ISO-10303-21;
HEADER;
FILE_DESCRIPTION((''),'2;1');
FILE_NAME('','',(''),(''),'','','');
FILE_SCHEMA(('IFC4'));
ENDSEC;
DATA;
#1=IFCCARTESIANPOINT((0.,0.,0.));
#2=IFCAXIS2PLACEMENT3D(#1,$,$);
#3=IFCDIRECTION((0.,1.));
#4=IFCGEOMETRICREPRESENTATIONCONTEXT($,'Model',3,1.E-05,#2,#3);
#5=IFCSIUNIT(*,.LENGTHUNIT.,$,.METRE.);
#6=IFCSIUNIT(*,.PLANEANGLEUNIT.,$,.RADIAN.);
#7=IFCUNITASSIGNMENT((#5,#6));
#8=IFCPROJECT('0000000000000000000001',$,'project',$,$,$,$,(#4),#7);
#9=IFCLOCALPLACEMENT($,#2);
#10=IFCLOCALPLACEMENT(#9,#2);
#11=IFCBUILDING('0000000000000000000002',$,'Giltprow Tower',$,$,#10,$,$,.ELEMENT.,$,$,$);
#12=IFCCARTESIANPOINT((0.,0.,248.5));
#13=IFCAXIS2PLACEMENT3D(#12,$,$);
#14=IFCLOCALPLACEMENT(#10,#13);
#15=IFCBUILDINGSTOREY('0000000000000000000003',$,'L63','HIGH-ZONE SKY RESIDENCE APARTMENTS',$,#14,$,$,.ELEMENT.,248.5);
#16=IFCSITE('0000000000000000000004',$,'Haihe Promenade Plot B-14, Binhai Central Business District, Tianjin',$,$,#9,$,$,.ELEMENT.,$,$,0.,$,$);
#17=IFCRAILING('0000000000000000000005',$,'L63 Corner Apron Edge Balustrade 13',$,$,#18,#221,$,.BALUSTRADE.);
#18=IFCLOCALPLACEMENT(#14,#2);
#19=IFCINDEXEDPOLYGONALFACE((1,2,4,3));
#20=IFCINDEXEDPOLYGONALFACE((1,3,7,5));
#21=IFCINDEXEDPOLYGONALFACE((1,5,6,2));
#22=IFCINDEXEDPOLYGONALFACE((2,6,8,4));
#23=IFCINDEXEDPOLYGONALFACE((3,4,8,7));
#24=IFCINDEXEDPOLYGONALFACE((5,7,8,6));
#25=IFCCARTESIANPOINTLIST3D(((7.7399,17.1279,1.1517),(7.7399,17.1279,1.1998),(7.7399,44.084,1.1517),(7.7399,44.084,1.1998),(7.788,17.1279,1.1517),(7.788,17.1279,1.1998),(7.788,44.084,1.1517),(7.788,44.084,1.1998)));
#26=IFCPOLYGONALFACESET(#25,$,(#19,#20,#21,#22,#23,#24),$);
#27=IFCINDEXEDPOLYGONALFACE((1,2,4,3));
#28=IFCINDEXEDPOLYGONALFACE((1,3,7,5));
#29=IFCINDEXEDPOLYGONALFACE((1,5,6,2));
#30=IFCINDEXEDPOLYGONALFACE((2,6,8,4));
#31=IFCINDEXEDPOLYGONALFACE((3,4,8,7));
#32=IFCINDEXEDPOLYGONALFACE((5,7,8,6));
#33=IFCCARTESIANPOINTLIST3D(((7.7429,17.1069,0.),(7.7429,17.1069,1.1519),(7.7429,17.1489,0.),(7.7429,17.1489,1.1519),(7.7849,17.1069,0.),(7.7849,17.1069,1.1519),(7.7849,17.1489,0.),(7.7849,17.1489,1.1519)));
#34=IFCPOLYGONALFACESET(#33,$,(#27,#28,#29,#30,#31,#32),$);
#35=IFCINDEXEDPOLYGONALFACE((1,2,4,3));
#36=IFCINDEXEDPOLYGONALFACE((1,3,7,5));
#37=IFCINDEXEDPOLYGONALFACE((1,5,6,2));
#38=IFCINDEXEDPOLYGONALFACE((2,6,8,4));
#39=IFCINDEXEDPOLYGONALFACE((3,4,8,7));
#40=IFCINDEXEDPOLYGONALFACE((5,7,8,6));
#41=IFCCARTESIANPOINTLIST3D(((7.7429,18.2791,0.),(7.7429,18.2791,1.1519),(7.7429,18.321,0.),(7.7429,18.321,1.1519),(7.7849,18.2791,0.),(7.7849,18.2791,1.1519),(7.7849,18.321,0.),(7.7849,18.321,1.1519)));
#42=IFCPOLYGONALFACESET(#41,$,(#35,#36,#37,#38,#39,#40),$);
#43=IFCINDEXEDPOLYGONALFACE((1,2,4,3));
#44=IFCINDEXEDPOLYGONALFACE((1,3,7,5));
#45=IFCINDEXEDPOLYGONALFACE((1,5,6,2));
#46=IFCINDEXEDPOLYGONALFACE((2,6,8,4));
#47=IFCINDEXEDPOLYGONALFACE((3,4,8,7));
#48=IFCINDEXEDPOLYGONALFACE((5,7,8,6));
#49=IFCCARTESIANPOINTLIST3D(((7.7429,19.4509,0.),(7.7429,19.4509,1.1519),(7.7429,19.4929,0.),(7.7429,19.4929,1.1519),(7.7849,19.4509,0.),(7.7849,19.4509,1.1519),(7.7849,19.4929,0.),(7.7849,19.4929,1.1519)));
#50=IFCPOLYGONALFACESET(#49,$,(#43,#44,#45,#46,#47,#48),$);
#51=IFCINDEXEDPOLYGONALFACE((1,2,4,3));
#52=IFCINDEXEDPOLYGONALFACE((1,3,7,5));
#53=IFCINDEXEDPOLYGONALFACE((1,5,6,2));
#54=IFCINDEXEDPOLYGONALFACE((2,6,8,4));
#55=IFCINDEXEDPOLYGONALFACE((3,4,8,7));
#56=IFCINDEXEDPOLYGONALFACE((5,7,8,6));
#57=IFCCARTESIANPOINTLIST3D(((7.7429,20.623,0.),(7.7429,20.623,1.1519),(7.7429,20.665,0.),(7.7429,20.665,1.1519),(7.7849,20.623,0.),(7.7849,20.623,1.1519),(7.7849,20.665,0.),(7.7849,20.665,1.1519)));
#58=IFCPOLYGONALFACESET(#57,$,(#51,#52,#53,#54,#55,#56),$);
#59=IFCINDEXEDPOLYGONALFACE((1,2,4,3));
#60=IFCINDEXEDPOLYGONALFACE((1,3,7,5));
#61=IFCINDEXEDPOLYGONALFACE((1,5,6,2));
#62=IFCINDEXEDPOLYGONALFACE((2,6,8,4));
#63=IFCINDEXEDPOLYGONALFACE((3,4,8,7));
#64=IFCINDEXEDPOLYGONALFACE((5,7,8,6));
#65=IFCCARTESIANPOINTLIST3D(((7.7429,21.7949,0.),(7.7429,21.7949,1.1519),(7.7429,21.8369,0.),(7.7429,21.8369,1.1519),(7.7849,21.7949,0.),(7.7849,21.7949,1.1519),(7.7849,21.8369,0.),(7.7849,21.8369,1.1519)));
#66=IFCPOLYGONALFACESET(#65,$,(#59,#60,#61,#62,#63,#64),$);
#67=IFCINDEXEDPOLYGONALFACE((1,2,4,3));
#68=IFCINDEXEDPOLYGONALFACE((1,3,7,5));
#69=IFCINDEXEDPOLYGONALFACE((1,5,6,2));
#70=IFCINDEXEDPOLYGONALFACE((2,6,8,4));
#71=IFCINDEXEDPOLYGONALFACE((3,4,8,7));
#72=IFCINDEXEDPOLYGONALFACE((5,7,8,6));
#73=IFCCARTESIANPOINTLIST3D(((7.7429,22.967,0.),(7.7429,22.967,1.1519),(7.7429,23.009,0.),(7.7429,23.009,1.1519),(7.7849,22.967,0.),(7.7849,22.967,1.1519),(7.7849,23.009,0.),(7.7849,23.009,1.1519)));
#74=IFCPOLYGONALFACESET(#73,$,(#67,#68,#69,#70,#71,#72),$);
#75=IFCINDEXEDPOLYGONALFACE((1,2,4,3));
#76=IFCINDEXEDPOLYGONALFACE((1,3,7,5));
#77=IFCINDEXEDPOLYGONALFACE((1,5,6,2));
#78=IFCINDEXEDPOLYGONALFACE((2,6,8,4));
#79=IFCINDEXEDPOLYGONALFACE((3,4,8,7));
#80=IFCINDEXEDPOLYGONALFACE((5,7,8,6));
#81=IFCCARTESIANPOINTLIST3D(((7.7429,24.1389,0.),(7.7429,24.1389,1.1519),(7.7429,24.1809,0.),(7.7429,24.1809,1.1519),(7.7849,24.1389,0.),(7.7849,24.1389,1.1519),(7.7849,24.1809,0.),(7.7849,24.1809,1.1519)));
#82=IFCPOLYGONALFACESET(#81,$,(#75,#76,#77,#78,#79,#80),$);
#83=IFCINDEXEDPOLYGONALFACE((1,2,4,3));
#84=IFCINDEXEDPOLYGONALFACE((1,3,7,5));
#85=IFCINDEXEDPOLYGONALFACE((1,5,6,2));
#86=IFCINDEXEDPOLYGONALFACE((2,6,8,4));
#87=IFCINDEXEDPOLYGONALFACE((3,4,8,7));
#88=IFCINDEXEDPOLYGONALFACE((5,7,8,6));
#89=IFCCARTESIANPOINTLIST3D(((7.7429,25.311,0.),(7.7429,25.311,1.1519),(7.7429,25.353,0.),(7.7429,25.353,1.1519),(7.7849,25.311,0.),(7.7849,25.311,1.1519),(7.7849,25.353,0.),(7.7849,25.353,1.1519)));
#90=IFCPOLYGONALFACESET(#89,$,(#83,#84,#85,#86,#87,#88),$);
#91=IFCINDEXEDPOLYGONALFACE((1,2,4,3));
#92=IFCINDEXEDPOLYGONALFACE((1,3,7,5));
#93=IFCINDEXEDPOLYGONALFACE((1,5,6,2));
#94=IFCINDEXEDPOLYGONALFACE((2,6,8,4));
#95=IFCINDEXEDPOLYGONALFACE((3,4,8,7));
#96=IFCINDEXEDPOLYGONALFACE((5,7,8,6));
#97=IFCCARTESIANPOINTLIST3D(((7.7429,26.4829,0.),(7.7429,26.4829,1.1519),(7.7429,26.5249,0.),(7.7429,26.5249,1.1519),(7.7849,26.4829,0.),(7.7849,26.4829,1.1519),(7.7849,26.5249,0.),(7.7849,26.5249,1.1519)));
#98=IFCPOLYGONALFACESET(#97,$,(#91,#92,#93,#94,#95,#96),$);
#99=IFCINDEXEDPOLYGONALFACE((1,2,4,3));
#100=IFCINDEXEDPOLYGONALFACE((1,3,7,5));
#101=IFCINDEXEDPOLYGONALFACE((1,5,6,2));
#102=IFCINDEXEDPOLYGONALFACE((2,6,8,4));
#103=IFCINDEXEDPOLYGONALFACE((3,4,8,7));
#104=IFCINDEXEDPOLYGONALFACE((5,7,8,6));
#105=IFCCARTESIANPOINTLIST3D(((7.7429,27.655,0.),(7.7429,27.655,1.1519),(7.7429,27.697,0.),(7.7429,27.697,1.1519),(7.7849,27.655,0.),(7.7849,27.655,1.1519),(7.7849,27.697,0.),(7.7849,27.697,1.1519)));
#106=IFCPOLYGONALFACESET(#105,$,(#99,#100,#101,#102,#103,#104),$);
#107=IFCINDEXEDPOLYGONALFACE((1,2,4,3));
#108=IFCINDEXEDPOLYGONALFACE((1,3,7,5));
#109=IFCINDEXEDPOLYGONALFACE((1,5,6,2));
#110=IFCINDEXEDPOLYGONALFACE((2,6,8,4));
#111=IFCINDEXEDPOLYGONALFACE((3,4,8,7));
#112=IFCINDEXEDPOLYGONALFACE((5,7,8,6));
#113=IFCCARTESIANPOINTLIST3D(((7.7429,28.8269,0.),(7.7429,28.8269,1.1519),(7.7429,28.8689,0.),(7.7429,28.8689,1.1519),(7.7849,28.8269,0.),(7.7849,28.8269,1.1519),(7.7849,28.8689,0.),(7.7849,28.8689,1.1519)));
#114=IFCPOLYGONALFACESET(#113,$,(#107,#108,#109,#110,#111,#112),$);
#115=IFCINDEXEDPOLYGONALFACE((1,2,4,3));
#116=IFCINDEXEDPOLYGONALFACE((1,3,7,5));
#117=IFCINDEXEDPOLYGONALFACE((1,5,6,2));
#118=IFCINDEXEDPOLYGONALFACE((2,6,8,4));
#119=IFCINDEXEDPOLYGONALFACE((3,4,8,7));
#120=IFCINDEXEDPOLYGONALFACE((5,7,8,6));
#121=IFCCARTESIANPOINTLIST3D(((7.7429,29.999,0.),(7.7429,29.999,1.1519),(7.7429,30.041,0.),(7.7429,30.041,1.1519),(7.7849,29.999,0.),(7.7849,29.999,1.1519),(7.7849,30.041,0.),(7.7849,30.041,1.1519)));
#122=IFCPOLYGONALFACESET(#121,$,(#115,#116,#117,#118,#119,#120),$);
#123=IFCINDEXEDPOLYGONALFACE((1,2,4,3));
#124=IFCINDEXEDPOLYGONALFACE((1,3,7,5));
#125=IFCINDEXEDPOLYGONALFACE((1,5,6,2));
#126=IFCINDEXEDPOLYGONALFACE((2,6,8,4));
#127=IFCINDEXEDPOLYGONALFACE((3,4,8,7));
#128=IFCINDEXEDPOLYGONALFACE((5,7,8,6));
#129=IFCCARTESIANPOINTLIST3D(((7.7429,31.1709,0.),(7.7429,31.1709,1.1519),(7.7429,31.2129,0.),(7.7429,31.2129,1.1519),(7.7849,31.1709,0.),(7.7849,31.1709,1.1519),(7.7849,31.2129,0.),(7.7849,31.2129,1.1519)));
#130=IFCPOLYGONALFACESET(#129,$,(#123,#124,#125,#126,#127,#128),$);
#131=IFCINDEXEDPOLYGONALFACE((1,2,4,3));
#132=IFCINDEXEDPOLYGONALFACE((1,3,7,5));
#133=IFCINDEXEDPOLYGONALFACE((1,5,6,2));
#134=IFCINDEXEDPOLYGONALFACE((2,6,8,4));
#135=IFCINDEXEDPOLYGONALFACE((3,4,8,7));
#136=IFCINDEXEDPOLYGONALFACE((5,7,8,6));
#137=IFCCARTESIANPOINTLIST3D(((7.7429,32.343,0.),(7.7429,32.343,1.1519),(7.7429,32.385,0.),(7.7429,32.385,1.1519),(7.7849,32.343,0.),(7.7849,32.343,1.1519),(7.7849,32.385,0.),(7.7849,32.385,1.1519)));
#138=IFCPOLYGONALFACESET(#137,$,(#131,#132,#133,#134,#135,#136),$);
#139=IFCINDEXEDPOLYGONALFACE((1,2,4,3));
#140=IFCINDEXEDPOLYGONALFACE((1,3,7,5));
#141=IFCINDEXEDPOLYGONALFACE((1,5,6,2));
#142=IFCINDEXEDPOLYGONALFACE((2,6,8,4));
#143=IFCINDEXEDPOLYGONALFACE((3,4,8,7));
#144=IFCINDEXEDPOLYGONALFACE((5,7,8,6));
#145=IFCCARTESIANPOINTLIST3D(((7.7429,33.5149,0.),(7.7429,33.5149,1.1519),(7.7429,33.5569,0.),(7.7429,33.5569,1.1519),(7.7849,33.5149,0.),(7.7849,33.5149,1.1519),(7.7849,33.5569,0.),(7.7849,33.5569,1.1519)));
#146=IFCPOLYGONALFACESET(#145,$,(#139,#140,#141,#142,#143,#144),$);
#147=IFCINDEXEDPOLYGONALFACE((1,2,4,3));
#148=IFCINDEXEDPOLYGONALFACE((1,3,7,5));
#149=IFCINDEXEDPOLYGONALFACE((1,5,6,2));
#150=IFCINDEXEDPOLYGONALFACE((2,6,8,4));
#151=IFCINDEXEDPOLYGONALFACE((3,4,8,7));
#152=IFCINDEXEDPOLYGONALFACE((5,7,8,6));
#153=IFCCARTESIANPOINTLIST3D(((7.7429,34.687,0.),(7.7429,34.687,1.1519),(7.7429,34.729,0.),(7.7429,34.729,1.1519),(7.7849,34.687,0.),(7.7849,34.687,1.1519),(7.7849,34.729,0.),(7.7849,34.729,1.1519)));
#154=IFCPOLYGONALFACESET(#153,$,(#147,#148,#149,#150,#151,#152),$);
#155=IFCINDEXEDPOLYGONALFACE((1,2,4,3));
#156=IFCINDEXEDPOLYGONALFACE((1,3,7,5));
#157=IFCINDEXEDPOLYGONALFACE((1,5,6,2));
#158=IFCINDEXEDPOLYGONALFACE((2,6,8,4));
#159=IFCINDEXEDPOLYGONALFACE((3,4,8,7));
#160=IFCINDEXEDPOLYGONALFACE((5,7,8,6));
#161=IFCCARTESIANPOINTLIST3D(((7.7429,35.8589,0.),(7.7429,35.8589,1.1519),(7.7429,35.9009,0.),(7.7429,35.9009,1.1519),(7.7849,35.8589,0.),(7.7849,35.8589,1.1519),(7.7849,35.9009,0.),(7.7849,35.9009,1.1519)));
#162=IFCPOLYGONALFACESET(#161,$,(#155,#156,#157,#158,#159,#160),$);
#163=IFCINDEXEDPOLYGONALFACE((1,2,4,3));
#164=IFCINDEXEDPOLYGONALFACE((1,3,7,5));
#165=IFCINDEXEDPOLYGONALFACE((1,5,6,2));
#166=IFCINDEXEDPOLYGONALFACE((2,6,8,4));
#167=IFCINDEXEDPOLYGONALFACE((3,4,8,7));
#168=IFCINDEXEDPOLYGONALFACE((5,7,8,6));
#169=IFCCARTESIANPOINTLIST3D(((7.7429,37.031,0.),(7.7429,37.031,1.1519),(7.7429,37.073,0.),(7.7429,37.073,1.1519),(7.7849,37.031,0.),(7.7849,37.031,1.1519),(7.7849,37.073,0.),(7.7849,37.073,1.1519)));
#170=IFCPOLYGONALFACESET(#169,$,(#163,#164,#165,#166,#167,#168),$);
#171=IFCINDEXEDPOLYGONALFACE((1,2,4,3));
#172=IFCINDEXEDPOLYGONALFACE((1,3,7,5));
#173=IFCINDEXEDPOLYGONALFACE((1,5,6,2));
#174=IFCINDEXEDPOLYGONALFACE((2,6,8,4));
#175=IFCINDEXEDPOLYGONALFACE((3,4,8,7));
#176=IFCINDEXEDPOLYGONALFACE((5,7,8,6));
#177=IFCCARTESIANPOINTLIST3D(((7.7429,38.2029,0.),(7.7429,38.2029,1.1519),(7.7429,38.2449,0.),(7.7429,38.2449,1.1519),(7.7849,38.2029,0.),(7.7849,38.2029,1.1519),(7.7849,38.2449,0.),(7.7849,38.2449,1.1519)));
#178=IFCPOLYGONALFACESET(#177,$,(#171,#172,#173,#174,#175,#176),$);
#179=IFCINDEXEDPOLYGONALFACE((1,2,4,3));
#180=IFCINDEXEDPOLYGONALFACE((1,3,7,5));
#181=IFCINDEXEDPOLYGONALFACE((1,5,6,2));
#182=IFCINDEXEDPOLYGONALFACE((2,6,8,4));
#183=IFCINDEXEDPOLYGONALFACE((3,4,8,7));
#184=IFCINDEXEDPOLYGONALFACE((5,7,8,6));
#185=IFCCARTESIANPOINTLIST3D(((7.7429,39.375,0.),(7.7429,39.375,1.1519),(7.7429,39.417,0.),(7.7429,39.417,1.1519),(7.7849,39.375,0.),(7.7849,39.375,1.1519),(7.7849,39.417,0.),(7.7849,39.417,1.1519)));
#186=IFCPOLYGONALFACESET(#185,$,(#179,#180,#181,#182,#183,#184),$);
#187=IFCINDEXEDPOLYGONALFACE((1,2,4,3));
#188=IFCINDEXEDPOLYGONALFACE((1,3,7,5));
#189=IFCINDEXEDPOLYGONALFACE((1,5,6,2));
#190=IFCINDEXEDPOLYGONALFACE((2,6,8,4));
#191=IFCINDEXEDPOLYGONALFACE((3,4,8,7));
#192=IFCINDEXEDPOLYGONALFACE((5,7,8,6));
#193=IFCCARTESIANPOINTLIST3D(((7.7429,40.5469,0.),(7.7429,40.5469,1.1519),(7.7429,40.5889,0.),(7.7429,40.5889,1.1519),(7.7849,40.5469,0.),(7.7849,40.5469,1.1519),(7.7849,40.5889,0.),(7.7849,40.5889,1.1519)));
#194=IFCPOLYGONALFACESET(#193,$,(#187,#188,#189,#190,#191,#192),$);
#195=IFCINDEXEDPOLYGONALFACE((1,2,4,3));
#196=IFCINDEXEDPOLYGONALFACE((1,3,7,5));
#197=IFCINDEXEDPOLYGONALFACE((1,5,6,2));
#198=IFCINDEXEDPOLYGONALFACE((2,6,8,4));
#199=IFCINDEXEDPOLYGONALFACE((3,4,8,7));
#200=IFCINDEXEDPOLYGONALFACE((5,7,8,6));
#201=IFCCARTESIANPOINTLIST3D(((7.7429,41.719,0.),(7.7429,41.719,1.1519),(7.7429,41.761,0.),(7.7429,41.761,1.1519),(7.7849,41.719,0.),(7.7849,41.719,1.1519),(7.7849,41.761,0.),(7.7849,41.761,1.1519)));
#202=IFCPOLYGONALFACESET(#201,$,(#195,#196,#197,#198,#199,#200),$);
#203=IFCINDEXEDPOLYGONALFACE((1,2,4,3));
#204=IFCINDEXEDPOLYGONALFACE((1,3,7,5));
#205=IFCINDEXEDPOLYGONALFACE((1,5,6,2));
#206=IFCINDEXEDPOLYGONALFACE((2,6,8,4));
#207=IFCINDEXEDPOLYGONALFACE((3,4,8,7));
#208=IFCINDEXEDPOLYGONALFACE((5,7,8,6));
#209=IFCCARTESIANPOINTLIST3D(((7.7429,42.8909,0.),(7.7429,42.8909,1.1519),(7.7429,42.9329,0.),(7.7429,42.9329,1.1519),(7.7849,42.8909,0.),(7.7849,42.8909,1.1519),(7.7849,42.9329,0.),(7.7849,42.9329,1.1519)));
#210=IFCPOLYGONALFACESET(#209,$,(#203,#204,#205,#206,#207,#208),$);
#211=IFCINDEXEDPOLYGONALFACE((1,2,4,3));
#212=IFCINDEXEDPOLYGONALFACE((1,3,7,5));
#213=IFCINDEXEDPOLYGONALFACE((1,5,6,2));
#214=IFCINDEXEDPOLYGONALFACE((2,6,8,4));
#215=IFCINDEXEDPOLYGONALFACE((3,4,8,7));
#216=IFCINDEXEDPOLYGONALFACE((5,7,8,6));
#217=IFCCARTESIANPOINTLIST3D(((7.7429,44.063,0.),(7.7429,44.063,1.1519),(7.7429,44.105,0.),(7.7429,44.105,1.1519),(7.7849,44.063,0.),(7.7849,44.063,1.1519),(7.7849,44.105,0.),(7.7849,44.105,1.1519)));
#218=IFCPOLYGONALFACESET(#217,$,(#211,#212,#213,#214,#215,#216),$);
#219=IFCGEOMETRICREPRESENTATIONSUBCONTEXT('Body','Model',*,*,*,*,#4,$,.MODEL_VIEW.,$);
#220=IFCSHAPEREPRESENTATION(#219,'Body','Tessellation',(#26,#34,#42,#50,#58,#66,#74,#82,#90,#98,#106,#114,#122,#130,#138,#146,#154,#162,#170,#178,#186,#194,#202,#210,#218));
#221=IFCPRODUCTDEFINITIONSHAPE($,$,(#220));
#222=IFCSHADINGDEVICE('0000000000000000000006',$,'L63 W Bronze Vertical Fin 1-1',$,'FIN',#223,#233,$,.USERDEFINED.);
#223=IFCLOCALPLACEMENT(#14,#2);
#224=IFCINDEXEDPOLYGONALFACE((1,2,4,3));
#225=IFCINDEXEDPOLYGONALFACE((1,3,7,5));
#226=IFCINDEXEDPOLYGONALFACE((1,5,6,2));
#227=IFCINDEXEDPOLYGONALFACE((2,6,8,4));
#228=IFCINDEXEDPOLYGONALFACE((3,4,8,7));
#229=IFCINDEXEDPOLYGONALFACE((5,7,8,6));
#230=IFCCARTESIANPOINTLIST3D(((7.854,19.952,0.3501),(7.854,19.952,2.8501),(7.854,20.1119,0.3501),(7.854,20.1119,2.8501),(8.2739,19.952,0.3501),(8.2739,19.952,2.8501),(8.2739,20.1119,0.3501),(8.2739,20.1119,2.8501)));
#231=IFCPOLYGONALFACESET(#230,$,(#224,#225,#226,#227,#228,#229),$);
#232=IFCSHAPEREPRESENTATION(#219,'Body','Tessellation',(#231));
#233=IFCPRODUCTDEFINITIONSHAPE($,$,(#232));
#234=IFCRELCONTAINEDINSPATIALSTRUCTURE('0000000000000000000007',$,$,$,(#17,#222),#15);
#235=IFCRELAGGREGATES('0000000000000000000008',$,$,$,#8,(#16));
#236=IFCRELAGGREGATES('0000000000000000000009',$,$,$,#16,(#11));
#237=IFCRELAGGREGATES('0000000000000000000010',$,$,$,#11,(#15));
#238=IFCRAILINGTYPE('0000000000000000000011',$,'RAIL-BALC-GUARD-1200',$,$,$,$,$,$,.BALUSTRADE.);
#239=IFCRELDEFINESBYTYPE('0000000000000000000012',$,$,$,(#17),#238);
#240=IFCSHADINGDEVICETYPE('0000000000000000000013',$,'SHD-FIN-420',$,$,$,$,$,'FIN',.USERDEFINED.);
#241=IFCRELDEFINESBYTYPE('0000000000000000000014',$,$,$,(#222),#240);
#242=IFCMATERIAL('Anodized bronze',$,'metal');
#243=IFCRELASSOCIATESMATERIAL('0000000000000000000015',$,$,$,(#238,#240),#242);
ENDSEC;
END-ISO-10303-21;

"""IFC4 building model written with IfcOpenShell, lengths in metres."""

from ifc_helpers import new_model, si_unit, direction, frame, origin, origin_2d, place, context, subcontext, project, spatial, rectangle, extrude, source, transform, mapped, material, type_object, element, save


model = new_model("IFC4")

# Units and contexts
model_context = context("Model", 3, precision=1e-05, world=origin(), true_north=direction((0.0, 1.0)))
body_context = subcontext(model_context, "Body", "Model", "MODEL_VIEW")
ifc_project = project(units=[si_unit("LENGTHUNIT", "METRE"), si_unit("PLANEANGLEUNIT", "RADIAN")], contexts=[model_context])

# Site, building, storey
site_placement = place(None, origin())
site = spatial("IfcSite", under=ifc_project, at=site_placement, Name="Haihe Promenade Plot B-14, Binhai Central Business District, Tianjin", CompositionType="ELEMENT", RefElevation=0.0)
building_placement = place(site_placement, origin())
building = spatial("IfcBuilding", under=site, at=building_placement, Name="Giltprow Tower", CompositionType="ELEMENT")
storey_placement = place(building_placement, frame((0.0, 0.0, 248.5)))
storey = spatial("IfcBuildingStorey", under=building, at=storey_placement, Name="L63", Description="HIGH-ZONE SKY RESIDENCE APARTMENTS", CompositionType="ELEMENT", Elevation=248.5)

# Shared definitions
ifc_material_1 = material(Name="Anodized bronze", Category="metal")

# Railing
railing_type = type_object("IfcRailingType", Name="RAIL-BALC-GUARD-1200", PredefinedType="BALUSTRADE", material=ifc_material_1)
railing_1_placement = place(storey_placement, frame((7.7639, 17.1279, 0.0)))
element("IfcRailing", 1, at=railing_1_placement, inside=storey, type_object=railing_type, Name="L63 Corner Apron Edge Balustrade 13", PredefinedType="BALUSTRADE", context=body_context, shape_type="SweptSolid", body=[
    extrude(rectangle(XDim=0.0481, YDim=0.0481, at=origin_2d()), frame((0.0, 0.0, 1.1758), z_axis=(0.0, 1.0, 0.0), x_axis=(-1.0, 0.0, 0.0)), (0.0, 0.0, 1.0), 26.9561),
    extrude(rectangle(XDim=0.042, YDim=0.042, at=origin_2d()), origin(), (0.0, 0.0, 1.0), 1.1519),
    extrude(rectangle(XDim=0.042, YDim=0.042, at=origin_2d()), frame((0.0, 1.1721, 0.0)), (0.0, 0.0, 1.0), 1.1519),
    extrude(rectangle(XDim=0.042, YDim=0.042, at=origin_2d()), frame((0.0, 2.344, 0.0)), (0.0, 0.0, 1.0), 1.1519),
    extrude(rectangle(XDim=0.042, YDim=0.042, at=origin_2d()), frame((0.0, 3.5161, 0.0)), (0.0, 0.0, 1.0), 1.1519),
    extrude(rectangle(XDim=0.042, YDim=0.042, at=origin_2d()), frame((0.0, 4.688, 0.0)), (0.0, 0.0, 1.0), 1.1519),
    extrude(rectangle(XDim=0.042, YDim=0.042, at=origin_2d()), frame((0.0, 5.8601, 0.0)), (0.0, 0.0, 1.0), 1.1519),
    extrude(rectangle(XDim=0.042, YDim=0.042, at=origin_2d()), frame((0.0, 7.032, 0.0)), (0.0, 0.0, 1.0), 1.1519),
    extrude(rectangle(XDim=0.042, YDim=0.042, at=origin_2d()), frame((0.0, 8.2041, 0.0)), (0.0, 0.0, 1.0), 1.1519),
    extrude(rectangle(XDim=0.042, YDim=0.042, at=origin_2d()), frame((0.0, 9.376, 0.0)), (0.0, 0.0, 1.0), 1.1519),
    extrude(rectangle(XDim=0.042, YDim=0.042, at=origin_2d()), frame((0.0, 10.5481, 0.0)), (0.0, 0.0, 1.0), 1.1519),
    extrude(rectangle(XDim=0.042, YDim=0.042, at=origin_2d()), frame((0.0, 11.72, 0.0)), (0.0, 0.0, 1.0), 1.1519),
    extrude(rectangle(XDim=0.042, YDim=0.042, at=origin_2d()), frame((0.0, 12.8921, 0.0)), (0.0, 0.0, 1.0), 1.1519),
    extrude(rectangle(XDim=0.042, YDim=0.042, at=origin_2d()), frame((0.0, 14.064, 0.0)), (0.0, 0.0, 1.0), 1.1519),
    extrude(rectangle(XDim=0.042, YDim=0.042, at=origin_2d()), frame((0.0, 15.2361, 0.0)), (0.0, 0.0, 1.0), 1.1519),
    extrude(rectangle(XDim=0.042, YDim=0.042, at=origin_2d()), frame((0.0, 16.408, 0.0)), (0.0, 0.0, 1.0), 1.1519),
    extrude(rectangle(XDim=0.042, YDim=0.042, at=origin_2d()), frame((0.0, 17.5801, 0.0)), (0.0, 0.0, 1.0), 1.1519),
    extrude(rectangle(XDim=0.042, YDim=0.042, at=origin_2d()), frame((0.0, 18.752, 0.0)), (0.0, 0.0, 1.0), 1.1519),
    extrude(rectangle(XDim=0.042, YDim=0.042, at=origin_2d()), frame((0.0, 19.9241, 0.0)), (0.0, 0.0, 1.0), 1.1519),
    extrude(rectangle(XDim=0.042, YDim=0.042, at=origin_2d()), frame((0.0, 21.0959, 0.0)), (0.0, 0.0, 1.0), 1.1519),
    extrude(rectangle(XDim=0.042, YDim=0.042, at=origin_2d()), frame((0.0, 22.2681, 0.0)), (0.0, 0.0, 1.0), 1.1519),
    extrude(rectangle(XDim=0.042, YDim=0.042, at=origin_2d()), frame((0.0, 23.4399, 0.0)), (0.0, 0.0, 1.0), 1.1519),
    extrude(rectangle(XDim=0.042, YDim=0.042, at=origin_2d()), frame((0.0, 24.6121, 0.0)), (0.0, 0.0, 1.0), 1.1519),
    extrude(rectangle(XDim=0.042, YDim=0.042, at=origin_2d()), frame((0.0, 25.7839, 0.0)), (0.0, 0.0, 1.0), 1.1519),
    extrude(rectangle(XDim=0.042, YDim=0.042, at=origin_2d()), frame((0.0, 26.9561, 0.0)), (0.0, 0.0, 1.0), 1.1519),
])

# Shading device
shading_device_type = type_object("IfcShadingDeviceType", Name="SHD-FIN-420", ElementType="FIN", PredefinedType="USERDEFINED", material=ifc_material_1)
shared_shape_1 = source(origin(), body_context, "Body", "SweptSolid", [
    extrude(rectangle(XDim=0.4199, YDim=0.1599, at=origin_2d()), origin(), (0.0, 0.0, 1.0), 2.5),
])
shading_device_placement = place(storey_placement, frame((8.064, 20.032, 0.3501), z_axis=(0.0, 0.0, 1.0), x_axis=(1.0, 0.0, 0.0)))
element("IfcShadingDevice", 2, at=shading_device_placement, inside=storey, type_object=shading_device_type, Name="L63 W Bronze Vertical Fin 1-1", ObjectType="FIN", PredefinedType="USERDEFINED", context=body_context, shape_type="MappedRepresentation", body=[
    mapped(shared_shape_1, transform((0.0, 0.0, 0.0), x_axis=(1.0, 0.0, 0.0), y_axis=(0.0, 1.0, 0.0), z_axis=(0.0, 0.0, 1.0), scale=1.0)),
])

save(model, "model.ifc")
